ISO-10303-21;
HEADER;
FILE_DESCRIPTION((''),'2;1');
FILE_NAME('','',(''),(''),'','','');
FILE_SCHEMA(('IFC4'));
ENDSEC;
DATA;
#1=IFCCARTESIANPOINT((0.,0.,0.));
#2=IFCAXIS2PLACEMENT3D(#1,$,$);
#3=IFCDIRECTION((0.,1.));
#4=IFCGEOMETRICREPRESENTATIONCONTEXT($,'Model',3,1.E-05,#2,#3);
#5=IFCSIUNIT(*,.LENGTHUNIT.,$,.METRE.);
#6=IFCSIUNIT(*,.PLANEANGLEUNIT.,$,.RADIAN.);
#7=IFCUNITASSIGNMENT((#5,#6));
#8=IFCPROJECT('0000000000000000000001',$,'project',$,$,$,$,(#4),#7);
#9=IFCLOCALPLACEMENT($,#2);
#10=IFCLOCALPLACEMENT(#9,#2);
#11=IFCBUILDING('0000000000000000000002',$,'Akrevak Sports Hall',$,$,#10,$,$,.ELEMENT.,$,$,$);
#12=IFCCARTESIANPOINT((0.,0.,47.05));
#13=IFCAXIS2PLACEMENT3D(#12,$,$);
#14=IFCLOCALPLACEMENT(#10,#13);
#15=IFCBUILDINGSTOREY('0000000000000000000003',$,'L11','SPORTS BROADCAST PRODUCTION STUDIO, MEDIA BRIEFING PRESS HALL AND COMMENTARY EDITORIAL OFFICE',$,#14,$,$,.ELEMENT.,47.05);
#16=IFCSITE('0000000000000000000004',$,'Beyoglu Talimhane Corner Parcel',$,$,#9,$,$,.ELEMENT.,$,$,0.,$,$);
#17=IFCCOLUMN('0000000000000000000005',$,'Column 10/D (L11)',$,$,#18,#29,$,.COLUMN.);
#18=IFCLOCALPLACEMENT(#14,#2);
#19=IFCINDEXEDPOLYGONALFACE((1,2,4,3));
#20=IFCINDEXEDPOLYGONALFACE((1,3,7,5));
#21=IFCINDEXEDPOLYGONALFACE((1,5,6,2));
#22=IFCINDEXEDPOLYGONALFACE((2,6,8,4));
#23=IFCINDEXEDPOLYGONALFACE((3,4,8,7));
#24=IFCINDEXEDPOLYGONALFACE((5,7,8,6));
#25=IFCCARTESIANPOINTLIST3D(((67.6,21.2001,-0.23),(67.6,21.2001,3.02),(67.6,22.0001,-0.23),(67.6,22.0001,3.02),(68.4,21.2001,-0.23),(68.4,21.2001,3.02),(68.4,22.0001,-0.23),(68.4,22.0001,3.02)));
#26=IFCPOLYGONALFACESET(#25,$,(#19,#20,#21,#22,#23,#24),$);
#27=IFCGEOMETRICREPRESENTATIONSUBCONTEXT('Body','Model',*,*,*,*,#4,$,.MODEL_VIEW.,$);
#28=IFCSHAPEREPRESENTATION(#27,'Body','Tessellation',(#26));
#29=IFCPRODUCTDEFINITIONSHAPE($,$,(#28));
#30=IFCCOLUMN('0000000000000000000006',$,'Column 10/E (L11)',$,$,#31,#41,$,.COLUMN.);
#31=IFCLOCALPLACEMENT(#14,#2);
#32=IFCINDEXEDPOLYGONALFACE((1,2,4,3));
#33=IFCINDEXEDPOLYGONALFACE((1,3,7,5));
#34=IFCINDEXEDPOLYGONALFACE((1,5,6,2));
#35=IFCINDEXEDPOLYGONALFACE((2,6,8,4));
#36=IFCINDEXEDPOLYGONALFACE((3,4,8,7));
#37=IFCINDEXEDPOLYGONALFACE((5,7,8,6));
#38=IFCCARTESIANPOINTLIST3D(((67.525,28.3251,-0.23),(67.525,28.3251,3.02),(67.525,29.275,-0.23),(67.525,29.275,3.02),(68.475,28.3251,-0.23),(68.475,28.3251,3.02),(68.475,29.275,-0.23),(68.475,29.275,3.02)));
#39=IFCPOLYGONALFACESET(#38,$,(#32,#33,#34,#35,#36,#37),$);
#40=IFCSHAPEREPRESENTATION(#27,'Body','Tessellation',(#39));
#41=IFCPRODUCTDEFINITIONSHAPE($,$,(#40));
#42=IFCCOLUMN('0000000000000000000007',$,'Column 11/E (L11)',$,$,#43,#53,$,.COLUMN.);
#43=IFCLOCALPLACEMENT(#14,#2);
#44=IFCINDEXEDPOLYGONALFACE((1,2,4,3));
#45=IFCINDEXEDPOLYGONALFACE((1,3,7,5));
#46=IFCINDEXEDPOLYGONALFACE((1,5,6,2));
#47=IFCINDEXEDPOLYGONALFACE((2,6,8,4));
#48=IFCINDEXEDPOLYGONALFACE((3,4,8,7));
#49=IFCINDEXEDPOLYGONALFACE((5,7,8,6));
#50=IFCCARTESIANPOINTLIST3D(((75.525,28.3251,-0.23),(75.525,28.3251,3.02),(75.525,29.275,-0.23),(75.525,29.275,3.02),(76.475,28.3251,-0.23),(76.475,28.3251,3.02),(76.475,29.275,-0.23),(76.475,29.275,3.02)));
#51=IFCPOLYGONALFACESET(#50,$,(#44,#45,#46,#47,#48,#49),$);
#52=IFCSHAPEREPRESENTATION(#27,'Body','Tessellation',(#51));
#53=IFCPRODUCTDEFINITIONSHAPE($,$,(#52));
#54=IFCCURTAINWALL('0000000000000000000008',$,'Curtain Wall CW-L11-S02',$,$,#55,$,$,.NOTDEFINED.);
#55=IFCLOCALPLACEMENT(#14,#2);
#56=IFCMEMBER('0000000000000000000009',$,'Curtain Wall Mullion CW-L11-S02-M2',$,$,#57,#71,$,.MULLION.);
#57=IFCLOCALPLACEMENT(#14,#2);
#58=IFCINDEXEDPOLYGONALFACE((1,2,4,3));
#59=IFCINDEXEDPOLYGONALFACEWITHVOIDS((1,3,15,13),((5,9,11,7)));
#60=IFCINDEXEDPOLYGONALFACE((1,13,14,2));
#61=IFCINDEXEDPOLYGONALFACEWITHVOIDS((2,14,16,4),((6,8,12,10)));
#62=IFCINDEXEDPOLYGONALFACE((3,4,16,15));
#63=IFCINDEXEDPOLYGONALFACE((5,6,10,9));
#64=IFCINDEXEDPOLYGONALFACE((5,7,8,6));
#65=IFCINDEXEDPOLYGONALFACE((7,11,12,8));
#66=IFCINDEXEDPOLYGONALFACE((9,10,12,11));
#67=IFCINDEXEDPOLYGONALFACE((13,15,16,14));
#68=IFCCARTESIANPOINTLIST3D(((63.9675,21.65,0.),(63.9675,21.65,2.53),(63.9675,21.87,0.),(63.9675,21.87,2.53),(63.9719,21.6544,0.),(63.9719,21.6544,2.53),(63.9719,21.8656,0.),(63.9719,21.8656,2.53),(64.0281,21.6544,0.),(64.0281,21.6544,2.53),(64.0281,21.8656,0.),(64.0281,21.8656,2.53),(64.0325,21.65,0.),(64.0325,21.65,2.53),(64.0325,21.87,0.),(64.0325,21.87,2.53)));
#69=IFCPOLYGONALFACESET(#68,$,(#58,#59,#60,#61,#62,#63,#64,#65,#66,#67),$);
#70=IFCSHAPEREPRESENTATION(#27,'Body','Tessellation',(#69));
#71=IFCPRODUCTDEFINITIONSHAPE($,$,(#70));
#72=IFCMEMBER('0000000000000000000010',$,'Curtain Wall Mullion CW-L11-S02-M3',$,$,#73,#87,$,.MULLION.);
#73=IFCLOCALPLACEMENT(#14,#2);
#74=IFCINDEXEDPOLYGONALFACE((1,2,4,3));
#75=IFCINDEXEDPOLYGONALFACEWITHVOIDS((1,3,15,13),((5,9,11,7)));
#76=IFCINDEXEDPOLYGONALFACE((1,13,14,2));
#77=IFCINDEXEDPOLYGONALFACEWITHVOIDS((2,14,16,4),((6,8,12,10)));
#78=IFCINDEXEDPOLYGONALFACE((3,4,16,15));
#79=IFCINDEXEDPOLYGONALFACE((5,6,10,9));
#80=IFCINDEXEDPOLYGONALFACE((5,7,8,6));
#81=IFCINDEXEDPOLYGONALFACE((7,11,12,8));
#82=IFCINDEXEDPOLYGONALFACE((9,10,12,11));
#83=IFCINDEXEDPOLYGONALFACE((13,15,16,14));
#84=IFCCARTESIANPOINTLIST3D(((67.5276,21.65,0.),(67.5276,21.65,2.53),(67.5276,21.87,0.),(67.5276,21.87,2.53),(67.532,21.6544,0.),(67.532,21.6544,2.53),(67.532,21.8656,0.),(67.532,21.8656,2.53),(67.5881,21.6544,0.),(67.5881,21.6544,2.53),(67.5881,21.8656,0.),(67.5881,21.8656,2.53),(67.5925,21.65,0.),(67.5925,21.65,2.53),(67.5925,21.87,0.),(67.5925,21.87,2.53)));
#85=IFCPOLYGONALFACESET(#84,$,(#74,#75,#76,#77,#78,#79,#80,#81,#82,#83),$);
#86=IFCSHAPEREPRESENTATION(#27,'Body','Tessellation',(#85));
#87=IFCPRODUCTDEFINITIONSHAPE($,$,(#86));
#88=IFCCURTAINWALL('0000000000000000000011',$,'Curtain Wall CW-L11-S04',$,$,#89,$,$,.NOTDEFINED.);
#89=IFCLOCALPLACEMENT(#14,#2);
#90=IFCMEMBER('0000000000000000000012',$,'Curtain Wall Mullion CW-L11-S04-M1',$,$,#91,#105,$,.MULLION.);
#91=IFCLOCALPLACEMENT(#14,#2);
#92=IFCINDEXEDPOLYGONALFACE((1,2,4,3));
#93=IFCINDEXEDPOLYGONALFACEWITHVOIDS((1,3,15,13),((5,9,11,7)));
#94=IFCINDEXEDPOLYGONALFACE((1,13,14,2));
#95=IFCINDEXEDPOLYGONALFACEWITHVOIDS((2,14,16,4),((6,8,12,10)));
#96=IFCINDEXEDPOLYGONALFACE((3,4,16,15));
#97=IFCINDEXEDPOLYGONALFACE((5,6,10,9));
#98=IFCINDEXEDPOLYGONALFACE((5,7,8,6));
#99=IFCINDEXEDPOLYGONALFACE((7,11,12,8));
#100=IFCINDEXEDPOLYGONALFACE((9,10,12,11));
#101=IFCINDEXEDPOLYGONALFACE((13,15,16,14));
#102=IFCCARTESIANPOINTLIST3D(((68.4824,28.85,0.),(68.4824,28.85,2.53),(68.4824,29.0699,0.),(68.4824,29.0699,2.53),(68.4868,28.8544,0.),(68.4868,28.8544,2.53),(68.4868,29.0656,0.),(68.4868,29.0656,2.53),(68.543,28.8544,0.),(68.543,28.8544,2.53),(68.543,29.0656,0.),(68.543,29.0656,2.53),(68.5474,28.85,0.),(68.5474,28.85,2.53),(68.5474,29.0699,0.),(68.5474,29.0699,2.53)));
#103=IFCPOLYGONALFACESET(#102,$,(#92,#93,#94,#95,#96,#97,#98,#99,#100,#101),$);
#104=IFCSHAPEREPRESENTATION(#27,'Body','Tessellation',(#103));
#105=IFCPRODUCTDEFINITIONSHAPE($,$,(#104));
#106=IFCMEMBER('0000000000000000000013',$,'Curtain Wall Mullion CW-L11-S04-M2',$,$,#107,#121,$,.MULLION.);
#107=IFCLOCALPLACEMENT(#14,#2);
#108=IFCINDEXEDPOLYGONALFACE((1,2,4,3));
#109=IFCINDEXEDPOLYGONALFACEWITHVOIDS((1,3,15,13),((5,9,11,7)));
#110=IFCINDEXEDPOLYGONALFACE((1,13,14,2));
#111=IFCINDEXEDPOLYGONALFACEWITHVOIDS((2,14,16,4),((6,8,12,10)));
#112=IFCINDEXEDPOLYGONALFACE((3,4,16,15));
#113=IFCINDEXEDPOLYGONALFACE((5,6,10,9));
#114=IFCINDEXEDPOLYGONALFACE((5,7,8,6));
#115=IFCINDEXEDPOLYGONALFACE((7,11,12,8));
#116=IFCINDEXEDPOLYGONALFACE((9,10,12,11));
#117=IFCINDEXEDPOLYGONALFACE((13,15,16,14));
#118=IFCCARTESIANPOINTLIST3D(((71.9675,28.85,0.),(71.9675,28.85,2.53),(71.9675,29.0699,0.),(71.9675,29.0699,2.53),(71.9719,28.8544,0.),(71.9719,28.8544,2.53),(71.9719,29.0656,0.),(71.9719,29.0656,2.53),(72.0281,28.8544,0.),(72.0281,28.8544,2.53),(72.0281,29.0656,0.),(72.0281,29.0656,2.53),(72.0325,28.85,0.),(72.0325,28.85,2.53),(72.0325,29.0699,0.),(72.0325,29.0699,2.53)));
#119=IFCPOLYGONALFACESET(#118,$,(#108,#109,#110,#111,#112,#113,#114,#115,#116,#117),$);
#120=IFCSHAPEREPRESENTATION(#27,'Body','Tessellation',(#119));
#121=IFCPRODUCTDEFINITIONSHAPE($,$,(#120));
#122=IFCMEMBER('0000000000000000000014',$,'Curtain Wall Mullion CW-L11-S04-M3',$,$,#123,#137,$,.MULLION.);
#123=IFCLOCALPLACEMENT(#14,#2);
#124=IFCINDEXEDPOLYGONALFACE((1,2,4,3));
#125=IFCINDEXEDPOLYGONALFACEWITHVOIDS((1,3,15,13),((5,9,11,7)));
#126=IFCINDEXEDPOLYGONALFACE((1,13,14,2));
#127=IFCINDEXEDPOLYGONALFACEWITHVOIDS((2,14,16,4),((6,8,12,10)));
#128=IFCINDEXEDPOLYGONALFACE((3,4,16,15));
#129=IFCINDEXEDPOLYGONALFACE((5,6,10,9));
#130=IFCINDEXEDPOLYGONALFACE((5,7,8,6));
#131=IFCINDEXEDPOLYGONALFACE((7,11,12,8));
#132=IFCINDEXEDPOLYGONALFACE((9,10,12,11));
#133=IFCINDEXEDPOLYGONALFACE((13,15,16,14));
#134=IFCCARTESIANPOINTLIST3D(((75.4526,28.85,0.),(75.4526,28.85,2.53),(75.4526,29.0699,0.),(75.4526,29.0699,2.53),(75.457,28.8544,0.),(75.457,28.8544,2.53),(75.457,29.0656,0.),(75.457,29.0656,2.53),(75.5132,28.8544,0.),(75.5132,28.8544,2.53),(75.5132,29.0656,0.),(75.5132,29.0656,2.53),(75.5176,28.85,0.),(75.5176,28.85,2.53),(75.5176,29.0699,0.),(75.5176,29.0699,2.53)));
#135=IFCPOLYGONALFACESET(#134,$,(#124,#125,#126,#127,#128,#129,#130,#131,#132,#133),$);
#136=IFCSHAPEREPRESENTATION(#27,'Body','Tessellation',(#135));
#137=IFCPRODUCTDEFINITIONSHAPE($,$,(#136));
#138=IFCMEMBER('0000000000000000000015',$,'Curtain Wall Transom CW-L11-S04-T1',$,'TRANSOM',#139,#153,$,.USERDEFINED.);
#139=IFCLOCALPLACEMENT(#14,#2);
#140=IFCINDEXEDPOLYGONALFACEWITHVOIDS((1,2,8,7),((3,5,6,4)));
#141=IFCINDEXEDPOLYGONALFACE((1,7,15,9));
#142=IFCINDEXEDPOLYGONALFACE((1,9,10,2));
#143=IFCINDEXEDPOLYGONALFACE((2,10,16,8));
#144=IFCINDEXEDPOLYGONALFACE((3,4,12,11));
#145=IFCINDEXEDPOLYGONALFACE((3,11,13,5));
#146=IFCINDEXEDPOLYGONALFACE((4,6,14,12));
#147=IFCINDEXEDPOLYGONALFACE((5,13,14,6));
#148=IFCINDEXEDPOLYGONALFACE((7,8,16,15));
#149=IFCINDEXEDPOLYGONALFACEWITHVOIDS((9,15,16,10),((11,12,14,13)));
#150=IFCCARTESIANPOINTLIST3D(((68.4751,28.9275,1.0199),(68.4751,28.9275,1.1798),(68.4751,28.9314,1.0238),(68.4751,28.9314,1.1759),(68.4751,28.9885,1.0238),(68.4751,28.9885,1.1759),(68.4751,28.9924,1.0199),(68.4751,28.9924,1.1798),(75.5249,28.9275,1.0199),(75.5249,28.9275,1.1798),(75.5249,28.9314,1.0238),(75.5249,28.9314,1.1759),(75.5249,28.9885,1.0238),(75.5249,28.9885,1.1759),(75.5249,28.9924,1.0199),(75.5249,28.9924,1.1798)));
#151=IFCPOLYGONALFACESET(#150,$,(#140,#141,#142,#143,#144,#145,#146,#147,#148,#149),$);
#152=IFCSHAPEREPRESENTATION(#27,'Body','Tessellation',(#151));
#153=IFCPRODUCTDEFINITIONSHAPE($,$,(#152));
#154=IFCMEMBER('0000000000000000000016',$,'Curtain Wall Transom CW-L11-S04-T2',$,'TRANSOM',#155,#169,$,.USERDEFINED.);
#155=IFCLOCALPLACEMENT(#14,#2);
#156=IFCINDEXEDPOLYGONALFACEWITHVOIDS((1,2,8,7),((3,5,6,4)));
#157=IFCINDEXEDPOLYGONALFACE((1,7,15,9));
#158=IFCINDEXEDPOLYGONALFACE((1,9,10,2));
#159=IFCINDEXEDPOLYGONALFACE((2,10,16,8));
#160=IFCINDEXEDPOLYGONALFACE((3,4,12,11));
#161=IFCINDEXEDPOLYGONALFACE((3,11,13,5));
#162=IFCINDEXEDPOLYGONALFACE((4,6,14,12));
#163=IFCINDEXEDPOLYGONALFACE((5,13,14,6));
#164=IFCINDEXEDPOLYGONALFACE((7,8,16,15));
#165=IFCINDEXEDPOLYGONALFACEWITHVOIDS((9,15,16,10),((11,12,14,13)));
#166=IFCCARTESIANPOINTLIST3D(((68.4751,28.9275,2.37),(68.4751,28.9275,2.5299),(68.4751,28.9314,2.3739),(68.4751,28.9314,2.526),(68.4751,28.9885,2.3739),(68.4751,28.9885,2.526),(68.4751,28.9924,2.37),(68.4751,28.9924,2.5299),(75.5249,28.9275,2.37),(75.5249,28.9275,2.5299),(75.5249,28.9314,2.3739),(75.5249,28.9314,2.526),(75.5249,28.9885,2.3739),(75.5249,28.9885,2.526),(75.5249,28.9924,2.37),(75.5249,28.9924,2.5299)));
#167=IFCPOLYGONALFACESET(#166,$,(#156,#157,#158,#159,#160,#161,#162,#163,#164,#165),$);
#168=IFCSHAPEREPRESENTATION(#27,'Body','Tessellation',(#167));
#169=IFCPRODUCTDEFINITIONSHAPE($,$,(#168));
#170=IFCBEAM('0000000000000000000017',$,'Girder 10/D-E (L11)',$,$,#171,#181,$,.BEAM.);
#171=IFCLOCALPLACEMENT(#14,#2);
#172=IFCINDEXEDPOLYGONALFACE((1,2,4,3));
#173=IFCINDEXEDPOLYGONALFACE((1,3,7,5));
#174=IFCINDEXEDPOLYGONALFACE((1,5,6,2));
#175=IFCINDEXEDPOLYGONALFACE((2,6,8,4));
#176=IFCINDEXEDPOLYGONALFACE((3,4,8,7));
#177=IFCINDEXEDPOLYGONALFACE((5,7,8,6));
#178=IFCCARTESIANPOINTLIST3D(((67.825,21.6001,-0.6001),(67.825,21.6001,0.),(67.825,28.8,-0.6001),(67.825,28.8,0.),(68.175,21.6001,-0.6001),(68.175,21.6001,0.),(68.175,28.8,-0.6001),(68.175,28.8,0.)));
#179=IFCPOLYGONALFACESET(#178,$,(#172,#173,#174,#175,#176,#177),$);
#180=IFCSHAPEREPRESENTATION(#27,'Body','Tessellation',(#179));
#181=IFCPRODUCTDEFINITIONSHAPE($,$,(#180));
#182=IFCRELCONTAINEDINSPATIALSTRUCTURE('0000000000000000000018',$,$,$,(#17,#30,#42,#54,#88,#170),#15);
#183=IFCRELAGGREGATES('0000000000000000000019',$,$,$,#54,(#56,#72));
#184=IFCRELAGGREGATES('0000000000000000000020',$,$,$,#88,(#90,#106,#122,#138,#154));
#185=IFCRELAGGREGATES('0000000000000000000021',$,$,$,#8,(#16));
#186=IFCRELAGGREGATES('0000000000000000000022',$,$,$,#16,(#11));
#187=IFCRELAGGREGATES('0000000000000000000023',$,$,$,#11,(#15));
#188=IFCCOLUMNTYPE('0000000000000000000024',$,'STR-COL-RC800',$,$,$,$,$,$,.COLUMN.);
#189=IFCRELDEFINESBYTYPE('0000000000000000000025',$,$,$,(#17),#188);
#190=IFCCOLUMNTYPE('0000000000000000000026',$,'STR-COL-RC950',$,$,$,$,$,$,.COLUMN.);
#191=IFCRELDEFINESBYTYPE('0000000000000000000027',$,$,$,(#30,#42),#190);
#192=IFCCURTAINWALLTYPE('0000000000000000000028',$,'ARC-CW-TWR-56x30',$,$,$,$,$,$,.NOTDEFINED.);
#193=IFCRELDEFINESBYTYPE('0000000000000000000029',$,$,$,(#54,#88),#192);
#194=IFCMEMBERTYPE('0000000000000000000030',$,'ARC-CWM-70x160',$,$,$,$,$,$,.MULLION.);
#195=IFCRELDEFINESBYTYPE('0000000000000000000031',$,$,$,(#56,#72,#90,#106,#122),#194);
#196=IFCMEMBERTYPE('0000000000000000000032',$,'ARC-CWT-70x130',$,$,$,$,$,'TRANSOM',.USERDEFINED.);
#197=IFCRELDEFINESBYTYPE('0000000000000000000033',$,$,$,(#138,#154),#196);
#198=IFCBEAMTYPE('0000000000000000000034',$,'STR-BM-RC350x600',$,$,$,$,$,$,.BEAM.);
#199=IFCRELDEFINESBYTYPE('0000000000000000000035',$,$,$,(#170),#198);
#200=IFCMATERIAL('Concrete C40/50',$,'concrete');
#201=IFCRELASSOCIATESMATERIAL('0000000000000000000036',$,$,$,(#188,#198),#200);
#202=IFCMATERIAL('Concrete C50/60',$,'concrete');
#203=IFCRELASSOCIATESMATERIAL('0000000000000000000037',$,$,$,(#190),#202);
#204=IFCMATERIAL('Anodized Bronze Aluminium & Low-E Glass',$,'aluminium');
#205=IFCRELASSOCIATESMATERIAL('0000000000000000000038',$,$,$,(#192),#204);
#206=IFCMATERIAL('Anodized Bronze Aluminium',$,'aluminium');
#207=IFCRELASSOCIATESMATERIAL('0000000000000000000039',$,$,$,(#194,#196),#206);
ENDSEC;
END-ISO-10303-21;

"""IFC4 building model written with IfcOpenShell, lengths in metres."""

from ifc_helpers import new_model, si_unit, direction, frame, origin, origin_2d, place, context, subcontext, project, spatial, rectangle, hollow_rectangle, extrude, material, material_profile, profile_set, type_object, element, aggregate, save


model = new_model("IFC4")

# Units and contexts
model_context = context("Model", 3, precision=1e-05, world=origin(), true_north=direction((0.0, 1.0)))
body_context = subcontext(model_context, "Body", "Model", "MODEL_VIEW")
ifc_project = project(units=[si_unit("LENGTHUNIT", "METRE"), si_unit("PLANEANGLEUNIT", "RADIAN")], contexts=[model_context])

# Site, building, storey
site_placement = place(None, origin())
site = spatial("IfcSite", under=ifc_project, at=site_placement, Name="Beyoglu Talimhane Corner Parcel", CompositionType="ELEMENT", RefElevation=0.0)
building_placement = place(site_placement, origin())
building = spatial("IfcBuilding", under=site, at=building_placement, Name="Akrevak Sports Hall", CompositionType="ELEMENT")
storey_placement = place(building_placement, frame((0.0, 0.0, 47.05)))
storey = spatial("IfcBuildingStorey", under=building, at=storey_placement, Name="L11", Description="SPORTS BROADCAST PRODUCTION STUDIO, MEDIA BRIEFING PRESS HALL AND COMMENTARY EDITORIAL OFFICE", CompositionType="ELEMENT", Elevation=47.05)

# Columns
ifc_material_1 = material(Name="Concrete C40/50", Category="concrete")
ifc_material_profile_1 = material_profile(ifc_material_1, rectangle(XDim=0.8, YDim=0.8, at=origin_2d()), Name="RC 800x800", Category="concrete")
ifc_profile_set_1 = profile_set([ifc_material_profile_1], Name="Concrete C40/50")
column_type_1 = type_object("IfcColumnType", Name="STR-COL-RC800", PredefinedType="COLUMN", material=ifc_profile_set_1)
column_placement = place(storey_placement, frame((68.0, 21.6001, -0.23), z_axis=(0.0, 0.0, 1.0), x_axis=(1.0, 0.0, 0.0)))
element("IfcColumn", 1, at=column_placement, inside=storey, type_object=column_type_1, Name="Column 10/D (L11)", PredefinedType="COLUMN", context=body_context, shape_type="SweptSolid", body=[
    extrude(rectangle(XDim=0.8, YDim=0.8, at=origin_2d()), origin(), (0.0, 0.0, 1.0), 3.25),
])
ifc_material_2 = material(Name="Concrete C50/60", Category="concrete")
ifc_material_profile_2 = material_profile(ifc_material_2, rectangle(XDim=0.95, YDim=0.95, at=origin_2d()), Name="RC 950x950", Category="concrete")
ifc_profile_set_2 = profile_set([ifc_material_profile_2], Name="Concrete C50/60")
column_type_2 = type_object("IfcColumnType", Name="STR-COL-RC950", PredefinedType="COLUMN", material=ifc_profile_set_2)
for number, where, z_axis, x_axis, name in (
    (2, (68.0, 28.8, -0.23), (0.0, 0.0, 1.0), (1.0, 0.0, 0.0), "Column 10/E (L11)"),
    (3, (76.0, 28.8, -0.23), (0.0, 0.0, 1.0), (1.0, 0.0, 0.0), "Column 11/E (L11)"),
):
    element("IfcColumn", number, at=place(storey_placement, frame(where, z_axis=z_axis, x_axis=x_axis)), inside=storey, type_object=column_type_2, Name=name, PredefinedType="COLUMN", context=body_context, shape_type="SweptSolid", body=[
        extrude(rectangle(XDim=0.95, YDim=0.95, at=origin_2d()), origin(), (0.0, 0.0, 1.0), 3.25),
    ])

# Curtain walls, members
ifc_material_3 = material(Name="Anodized Bronze Aluminium & Low-E Glass", Category="aluminium")
curtain_wall_type = type_object("IfcCurtainWallType", Name="ARC-CW-TWR-56x30", PredefinedType="NOTDEFINED", material=ifc_material_3)
curtain_wall_1_placement = place(storey_placement, origin())
curtain_wall_1 = element("IfcCurtainWall", 4, at=curtain_wall_1_placement, inside=storey, type_object=curtain_wall_type, Name="Curtain Wall CW-L11-S02", PredefinedType="NOTDEFINED")
ifc_material_4 = material(Name="Anodized Bronze Aluminium", Category="aluminium")
ifc_material_profile_3 = material_profile(ifc_material_4, hollow_rectangle(XDim=0.0649, YDim=0.22, WallThickness=0.0044, at=origin_2d()), Name="CWM 65x220", Category="aluminium")
ifc_profile_set_3 = profile_set([ifc_material_profile_3], Name="Anodized Bronze Aluminium")
member_type_1 = type_object("IfcMemberType", Name="ARC-CWM-70x160", PredefinedType="MULLION", material=ifc_profile_set_3)
member_1_placement = place(storey_placement, frame((64.0, 21.76, 0.0), z_axis=(0.0, 0.0, 1.0), x_axis=(1.0, 0.0, 0.0)))
member_1 = element("IfcMember", 5, at=member_1_placement, type_object=member_type_1, Name="Curtain Wall Mullion CW-L11-S02-M2", PredefinedType="MULLION", context=body_context, shape_type="SweptSolid", body=[
    extrude(hollow_rectangle(XDim=0.0649, YDim=0.22, WallThickness=0.0044, at=origin_2d()), origin(), (0.0, 0.0, 1.0), 2.53),
])
member_2_placement = place(storey_placement, frame((67.5601, 21.76, 0.0), z_axis=(0.0, 0.0, 1.0), x_axis=(1.0, 0.0, 0.0)))
member_2 = element("IfcMember", 6, at=member_2_placement, type_object=member_type_1, Name="Curtain Wall Mullion CW-L11-S02-M3", PredefinedType="MULLION", context=body_context, shape_type="SweptSolid", body=[
    extrude(hollow_rectangle(XDim=0.0649, YDim=0.22, WallThickness=0.0044, at=origin_2d()), origin(), (0.0, 0.0, 1.0), 2.53),
])
curtain_wall_2_placement = place(storey_placement, origin())
curtain_wall_2 = element("IfcCurtainWall", 7, at=curtain_wall_2_placement, inside=storey, type_object=curtain_wall_type, Name="Curtain Wall CW-L11-S04", PredefinedType="NOTDEFINED")
member_3_placement = place(storey_placement, frame((68.5149, 28.96, 0.0), z_axis=(0.0, 0.0, 1.0), x_axis=(1.0, 0.0, 0.0)))
member_3 = element("IfcMember", 8, at=member_3_placement, type_object=member_type_1, Name="Curtain Wall Mullion CW-L11-S04-M1", PredefinedType="MULLION", context=body_context, shape_type="SweptSolid", body=[
    extrude(hollow_rectangle(XDim=0.0649, YDim=0.22, WallThickness=0.0044, at=origin_2d()), origin(), (0.0, 0.0, 1.0), 2.53),
])
member_4_placement = place(storey_placement, frame((72.0, 28.96, 0.0), z_axis=(0.0, 0.0, 1.0), x_axis=(1.0, 0.0, 0.0)))
member_4 = element("IfcMember", 9, at=member_4_placement, type_object=member_type_1, Name="Curtain Wall Mullion CW-L11-S04-M2", PredefinedType="MULLION", context=body_context, shape_type="SweptSolid", body=[
    extrude(hollow_rectangle(XDim=0.0649, YDim=0.22, WallThickness=0.0044, at=origin_2d()), origin(), (0.0, 0.0, 1.0), 2.53),
])
member_5_placement = place(storey_placement, frame((75.4851, 28.96, 0.0), z_axis=(0.0, 0.0, 1.0), x_axis=(1.0, 0.0, 0.0)))
member_5 = element("IfcMember", 10, at=member_5_placement, type_object=member_type_1, Name="Curtain Wall Mullion CW-L11-S04-M3", PredefinedType="MULLION", context=body_context, shape_type="SweptSolid", body=[
    extrude(hollow_rectangle(XDim=0.0649, YDim=0.22, WallThickness=0.0044, at=origin_2d()), origin(), (0.0, 0.0, 1.0), 2.53),
])
ifc_material_profile_4 = material_profile(ifc_material_4, hollow_rectangle(XDim=0.0649, YDim=0.1599, WallThickness=0.0039, at=origin_2d()), Name="CWT 65x160", Category="aluminium")
ifc_profile_set_4 = profile_set([ifc_material_profile_4], Name="Anodized Bronze Aluminium")
member_type_2 = type_object("IfcMemberType", Name="ARC-CWT-70x130", ElementType="TRANSOM", PredefinedType="USERDEFINED", material=ifc_profile_set_4)
member_6_placement = place(storey_placement, frame((68.4751, 28.96, 1.0999), z_axis=(1.0, 0.0, 0.0), x_axis=(0.0, 1.0, 0.0)))
member_6 = element("IfcMember", 11, at=member_6_placement, type_object=member_type_2, Name="Curtain Wall Transom CW-L11-S04-T1", ObjectType="TRANSOM", PredefinedType="USERDEFINED", context=body_context, shape_type="SweptSolid", body=[
    extrude(hollow_rectangle(XDim=0.0649, YDim=0.1599, WallThickness=0.0039, at=origin_2d()), origin(), (0.0, 0.0, 1.0), 7.0498),
])
member_7_placement = place(storey_placement, frame((68.4751, 28.96, 2.45), z_axis=(1.0, 0.0, 0.0), x_axis=(0.0, 1.0, 0.0)))
member_7 = element("IfcMember", 12, at=member_7_placement, type_object=member_type_2, Name="Curtain Wall Transom CW-L11-S04-T2", ObjectType="TRANSOM", PredefinedType="USERDEFINED", context=body_context, shape_type="SweptSolid", body=[
    extrude(hollow_rectangle(XDim=0.0649, YDim=0.1599, WallThickness=0.0039, at=origin_2d()), origin(), (0.0, 0.0, 1.0), 7.0498),
])

# Beam
ifc_material_profile_5 = material_profile(ifc_material_1, rectangle(XDim=0.3501, YDim=0.6001, at=origin_2d()), Name="BM 350x600", Category="concrete")
ifc_profile_set_5 = profile_set([ifc_material_profile_5], Name="Concrete C40/50")
beam_type_1 = type_object("IfcBeamType", Name="STR-BM-RC350x600", PredefinedType="BEAM", material=ifc_profile_set_5)
beam_placement = place(storey_placement, frame((68.0, 21.6001, -0.3), z_axis=(0.0, 1.0, 0.0), x_axis=(-1.0, 0.0, 0.0)))
element("IfcBeam", 13, at=beam_placement, inside=storey, type_object=beam_type_1, Name="Girder 10/D-E (L11)", PredefinedType="BEAM", context=body_context, shape_type="SweptSolid", body=[
    extrude(rectangle(XDim=0.3501, YDim=0.6001, at=origin_2d()), origin(), (0.0, 0.0, 1.0), 7.2),
])

aggregate(curtain_wall_1, [member_1, member_2])
aggregate(curtain_wall_2, [member_3, member_4, member_5, member_6, member_7])

save(model, "model.ifc")
